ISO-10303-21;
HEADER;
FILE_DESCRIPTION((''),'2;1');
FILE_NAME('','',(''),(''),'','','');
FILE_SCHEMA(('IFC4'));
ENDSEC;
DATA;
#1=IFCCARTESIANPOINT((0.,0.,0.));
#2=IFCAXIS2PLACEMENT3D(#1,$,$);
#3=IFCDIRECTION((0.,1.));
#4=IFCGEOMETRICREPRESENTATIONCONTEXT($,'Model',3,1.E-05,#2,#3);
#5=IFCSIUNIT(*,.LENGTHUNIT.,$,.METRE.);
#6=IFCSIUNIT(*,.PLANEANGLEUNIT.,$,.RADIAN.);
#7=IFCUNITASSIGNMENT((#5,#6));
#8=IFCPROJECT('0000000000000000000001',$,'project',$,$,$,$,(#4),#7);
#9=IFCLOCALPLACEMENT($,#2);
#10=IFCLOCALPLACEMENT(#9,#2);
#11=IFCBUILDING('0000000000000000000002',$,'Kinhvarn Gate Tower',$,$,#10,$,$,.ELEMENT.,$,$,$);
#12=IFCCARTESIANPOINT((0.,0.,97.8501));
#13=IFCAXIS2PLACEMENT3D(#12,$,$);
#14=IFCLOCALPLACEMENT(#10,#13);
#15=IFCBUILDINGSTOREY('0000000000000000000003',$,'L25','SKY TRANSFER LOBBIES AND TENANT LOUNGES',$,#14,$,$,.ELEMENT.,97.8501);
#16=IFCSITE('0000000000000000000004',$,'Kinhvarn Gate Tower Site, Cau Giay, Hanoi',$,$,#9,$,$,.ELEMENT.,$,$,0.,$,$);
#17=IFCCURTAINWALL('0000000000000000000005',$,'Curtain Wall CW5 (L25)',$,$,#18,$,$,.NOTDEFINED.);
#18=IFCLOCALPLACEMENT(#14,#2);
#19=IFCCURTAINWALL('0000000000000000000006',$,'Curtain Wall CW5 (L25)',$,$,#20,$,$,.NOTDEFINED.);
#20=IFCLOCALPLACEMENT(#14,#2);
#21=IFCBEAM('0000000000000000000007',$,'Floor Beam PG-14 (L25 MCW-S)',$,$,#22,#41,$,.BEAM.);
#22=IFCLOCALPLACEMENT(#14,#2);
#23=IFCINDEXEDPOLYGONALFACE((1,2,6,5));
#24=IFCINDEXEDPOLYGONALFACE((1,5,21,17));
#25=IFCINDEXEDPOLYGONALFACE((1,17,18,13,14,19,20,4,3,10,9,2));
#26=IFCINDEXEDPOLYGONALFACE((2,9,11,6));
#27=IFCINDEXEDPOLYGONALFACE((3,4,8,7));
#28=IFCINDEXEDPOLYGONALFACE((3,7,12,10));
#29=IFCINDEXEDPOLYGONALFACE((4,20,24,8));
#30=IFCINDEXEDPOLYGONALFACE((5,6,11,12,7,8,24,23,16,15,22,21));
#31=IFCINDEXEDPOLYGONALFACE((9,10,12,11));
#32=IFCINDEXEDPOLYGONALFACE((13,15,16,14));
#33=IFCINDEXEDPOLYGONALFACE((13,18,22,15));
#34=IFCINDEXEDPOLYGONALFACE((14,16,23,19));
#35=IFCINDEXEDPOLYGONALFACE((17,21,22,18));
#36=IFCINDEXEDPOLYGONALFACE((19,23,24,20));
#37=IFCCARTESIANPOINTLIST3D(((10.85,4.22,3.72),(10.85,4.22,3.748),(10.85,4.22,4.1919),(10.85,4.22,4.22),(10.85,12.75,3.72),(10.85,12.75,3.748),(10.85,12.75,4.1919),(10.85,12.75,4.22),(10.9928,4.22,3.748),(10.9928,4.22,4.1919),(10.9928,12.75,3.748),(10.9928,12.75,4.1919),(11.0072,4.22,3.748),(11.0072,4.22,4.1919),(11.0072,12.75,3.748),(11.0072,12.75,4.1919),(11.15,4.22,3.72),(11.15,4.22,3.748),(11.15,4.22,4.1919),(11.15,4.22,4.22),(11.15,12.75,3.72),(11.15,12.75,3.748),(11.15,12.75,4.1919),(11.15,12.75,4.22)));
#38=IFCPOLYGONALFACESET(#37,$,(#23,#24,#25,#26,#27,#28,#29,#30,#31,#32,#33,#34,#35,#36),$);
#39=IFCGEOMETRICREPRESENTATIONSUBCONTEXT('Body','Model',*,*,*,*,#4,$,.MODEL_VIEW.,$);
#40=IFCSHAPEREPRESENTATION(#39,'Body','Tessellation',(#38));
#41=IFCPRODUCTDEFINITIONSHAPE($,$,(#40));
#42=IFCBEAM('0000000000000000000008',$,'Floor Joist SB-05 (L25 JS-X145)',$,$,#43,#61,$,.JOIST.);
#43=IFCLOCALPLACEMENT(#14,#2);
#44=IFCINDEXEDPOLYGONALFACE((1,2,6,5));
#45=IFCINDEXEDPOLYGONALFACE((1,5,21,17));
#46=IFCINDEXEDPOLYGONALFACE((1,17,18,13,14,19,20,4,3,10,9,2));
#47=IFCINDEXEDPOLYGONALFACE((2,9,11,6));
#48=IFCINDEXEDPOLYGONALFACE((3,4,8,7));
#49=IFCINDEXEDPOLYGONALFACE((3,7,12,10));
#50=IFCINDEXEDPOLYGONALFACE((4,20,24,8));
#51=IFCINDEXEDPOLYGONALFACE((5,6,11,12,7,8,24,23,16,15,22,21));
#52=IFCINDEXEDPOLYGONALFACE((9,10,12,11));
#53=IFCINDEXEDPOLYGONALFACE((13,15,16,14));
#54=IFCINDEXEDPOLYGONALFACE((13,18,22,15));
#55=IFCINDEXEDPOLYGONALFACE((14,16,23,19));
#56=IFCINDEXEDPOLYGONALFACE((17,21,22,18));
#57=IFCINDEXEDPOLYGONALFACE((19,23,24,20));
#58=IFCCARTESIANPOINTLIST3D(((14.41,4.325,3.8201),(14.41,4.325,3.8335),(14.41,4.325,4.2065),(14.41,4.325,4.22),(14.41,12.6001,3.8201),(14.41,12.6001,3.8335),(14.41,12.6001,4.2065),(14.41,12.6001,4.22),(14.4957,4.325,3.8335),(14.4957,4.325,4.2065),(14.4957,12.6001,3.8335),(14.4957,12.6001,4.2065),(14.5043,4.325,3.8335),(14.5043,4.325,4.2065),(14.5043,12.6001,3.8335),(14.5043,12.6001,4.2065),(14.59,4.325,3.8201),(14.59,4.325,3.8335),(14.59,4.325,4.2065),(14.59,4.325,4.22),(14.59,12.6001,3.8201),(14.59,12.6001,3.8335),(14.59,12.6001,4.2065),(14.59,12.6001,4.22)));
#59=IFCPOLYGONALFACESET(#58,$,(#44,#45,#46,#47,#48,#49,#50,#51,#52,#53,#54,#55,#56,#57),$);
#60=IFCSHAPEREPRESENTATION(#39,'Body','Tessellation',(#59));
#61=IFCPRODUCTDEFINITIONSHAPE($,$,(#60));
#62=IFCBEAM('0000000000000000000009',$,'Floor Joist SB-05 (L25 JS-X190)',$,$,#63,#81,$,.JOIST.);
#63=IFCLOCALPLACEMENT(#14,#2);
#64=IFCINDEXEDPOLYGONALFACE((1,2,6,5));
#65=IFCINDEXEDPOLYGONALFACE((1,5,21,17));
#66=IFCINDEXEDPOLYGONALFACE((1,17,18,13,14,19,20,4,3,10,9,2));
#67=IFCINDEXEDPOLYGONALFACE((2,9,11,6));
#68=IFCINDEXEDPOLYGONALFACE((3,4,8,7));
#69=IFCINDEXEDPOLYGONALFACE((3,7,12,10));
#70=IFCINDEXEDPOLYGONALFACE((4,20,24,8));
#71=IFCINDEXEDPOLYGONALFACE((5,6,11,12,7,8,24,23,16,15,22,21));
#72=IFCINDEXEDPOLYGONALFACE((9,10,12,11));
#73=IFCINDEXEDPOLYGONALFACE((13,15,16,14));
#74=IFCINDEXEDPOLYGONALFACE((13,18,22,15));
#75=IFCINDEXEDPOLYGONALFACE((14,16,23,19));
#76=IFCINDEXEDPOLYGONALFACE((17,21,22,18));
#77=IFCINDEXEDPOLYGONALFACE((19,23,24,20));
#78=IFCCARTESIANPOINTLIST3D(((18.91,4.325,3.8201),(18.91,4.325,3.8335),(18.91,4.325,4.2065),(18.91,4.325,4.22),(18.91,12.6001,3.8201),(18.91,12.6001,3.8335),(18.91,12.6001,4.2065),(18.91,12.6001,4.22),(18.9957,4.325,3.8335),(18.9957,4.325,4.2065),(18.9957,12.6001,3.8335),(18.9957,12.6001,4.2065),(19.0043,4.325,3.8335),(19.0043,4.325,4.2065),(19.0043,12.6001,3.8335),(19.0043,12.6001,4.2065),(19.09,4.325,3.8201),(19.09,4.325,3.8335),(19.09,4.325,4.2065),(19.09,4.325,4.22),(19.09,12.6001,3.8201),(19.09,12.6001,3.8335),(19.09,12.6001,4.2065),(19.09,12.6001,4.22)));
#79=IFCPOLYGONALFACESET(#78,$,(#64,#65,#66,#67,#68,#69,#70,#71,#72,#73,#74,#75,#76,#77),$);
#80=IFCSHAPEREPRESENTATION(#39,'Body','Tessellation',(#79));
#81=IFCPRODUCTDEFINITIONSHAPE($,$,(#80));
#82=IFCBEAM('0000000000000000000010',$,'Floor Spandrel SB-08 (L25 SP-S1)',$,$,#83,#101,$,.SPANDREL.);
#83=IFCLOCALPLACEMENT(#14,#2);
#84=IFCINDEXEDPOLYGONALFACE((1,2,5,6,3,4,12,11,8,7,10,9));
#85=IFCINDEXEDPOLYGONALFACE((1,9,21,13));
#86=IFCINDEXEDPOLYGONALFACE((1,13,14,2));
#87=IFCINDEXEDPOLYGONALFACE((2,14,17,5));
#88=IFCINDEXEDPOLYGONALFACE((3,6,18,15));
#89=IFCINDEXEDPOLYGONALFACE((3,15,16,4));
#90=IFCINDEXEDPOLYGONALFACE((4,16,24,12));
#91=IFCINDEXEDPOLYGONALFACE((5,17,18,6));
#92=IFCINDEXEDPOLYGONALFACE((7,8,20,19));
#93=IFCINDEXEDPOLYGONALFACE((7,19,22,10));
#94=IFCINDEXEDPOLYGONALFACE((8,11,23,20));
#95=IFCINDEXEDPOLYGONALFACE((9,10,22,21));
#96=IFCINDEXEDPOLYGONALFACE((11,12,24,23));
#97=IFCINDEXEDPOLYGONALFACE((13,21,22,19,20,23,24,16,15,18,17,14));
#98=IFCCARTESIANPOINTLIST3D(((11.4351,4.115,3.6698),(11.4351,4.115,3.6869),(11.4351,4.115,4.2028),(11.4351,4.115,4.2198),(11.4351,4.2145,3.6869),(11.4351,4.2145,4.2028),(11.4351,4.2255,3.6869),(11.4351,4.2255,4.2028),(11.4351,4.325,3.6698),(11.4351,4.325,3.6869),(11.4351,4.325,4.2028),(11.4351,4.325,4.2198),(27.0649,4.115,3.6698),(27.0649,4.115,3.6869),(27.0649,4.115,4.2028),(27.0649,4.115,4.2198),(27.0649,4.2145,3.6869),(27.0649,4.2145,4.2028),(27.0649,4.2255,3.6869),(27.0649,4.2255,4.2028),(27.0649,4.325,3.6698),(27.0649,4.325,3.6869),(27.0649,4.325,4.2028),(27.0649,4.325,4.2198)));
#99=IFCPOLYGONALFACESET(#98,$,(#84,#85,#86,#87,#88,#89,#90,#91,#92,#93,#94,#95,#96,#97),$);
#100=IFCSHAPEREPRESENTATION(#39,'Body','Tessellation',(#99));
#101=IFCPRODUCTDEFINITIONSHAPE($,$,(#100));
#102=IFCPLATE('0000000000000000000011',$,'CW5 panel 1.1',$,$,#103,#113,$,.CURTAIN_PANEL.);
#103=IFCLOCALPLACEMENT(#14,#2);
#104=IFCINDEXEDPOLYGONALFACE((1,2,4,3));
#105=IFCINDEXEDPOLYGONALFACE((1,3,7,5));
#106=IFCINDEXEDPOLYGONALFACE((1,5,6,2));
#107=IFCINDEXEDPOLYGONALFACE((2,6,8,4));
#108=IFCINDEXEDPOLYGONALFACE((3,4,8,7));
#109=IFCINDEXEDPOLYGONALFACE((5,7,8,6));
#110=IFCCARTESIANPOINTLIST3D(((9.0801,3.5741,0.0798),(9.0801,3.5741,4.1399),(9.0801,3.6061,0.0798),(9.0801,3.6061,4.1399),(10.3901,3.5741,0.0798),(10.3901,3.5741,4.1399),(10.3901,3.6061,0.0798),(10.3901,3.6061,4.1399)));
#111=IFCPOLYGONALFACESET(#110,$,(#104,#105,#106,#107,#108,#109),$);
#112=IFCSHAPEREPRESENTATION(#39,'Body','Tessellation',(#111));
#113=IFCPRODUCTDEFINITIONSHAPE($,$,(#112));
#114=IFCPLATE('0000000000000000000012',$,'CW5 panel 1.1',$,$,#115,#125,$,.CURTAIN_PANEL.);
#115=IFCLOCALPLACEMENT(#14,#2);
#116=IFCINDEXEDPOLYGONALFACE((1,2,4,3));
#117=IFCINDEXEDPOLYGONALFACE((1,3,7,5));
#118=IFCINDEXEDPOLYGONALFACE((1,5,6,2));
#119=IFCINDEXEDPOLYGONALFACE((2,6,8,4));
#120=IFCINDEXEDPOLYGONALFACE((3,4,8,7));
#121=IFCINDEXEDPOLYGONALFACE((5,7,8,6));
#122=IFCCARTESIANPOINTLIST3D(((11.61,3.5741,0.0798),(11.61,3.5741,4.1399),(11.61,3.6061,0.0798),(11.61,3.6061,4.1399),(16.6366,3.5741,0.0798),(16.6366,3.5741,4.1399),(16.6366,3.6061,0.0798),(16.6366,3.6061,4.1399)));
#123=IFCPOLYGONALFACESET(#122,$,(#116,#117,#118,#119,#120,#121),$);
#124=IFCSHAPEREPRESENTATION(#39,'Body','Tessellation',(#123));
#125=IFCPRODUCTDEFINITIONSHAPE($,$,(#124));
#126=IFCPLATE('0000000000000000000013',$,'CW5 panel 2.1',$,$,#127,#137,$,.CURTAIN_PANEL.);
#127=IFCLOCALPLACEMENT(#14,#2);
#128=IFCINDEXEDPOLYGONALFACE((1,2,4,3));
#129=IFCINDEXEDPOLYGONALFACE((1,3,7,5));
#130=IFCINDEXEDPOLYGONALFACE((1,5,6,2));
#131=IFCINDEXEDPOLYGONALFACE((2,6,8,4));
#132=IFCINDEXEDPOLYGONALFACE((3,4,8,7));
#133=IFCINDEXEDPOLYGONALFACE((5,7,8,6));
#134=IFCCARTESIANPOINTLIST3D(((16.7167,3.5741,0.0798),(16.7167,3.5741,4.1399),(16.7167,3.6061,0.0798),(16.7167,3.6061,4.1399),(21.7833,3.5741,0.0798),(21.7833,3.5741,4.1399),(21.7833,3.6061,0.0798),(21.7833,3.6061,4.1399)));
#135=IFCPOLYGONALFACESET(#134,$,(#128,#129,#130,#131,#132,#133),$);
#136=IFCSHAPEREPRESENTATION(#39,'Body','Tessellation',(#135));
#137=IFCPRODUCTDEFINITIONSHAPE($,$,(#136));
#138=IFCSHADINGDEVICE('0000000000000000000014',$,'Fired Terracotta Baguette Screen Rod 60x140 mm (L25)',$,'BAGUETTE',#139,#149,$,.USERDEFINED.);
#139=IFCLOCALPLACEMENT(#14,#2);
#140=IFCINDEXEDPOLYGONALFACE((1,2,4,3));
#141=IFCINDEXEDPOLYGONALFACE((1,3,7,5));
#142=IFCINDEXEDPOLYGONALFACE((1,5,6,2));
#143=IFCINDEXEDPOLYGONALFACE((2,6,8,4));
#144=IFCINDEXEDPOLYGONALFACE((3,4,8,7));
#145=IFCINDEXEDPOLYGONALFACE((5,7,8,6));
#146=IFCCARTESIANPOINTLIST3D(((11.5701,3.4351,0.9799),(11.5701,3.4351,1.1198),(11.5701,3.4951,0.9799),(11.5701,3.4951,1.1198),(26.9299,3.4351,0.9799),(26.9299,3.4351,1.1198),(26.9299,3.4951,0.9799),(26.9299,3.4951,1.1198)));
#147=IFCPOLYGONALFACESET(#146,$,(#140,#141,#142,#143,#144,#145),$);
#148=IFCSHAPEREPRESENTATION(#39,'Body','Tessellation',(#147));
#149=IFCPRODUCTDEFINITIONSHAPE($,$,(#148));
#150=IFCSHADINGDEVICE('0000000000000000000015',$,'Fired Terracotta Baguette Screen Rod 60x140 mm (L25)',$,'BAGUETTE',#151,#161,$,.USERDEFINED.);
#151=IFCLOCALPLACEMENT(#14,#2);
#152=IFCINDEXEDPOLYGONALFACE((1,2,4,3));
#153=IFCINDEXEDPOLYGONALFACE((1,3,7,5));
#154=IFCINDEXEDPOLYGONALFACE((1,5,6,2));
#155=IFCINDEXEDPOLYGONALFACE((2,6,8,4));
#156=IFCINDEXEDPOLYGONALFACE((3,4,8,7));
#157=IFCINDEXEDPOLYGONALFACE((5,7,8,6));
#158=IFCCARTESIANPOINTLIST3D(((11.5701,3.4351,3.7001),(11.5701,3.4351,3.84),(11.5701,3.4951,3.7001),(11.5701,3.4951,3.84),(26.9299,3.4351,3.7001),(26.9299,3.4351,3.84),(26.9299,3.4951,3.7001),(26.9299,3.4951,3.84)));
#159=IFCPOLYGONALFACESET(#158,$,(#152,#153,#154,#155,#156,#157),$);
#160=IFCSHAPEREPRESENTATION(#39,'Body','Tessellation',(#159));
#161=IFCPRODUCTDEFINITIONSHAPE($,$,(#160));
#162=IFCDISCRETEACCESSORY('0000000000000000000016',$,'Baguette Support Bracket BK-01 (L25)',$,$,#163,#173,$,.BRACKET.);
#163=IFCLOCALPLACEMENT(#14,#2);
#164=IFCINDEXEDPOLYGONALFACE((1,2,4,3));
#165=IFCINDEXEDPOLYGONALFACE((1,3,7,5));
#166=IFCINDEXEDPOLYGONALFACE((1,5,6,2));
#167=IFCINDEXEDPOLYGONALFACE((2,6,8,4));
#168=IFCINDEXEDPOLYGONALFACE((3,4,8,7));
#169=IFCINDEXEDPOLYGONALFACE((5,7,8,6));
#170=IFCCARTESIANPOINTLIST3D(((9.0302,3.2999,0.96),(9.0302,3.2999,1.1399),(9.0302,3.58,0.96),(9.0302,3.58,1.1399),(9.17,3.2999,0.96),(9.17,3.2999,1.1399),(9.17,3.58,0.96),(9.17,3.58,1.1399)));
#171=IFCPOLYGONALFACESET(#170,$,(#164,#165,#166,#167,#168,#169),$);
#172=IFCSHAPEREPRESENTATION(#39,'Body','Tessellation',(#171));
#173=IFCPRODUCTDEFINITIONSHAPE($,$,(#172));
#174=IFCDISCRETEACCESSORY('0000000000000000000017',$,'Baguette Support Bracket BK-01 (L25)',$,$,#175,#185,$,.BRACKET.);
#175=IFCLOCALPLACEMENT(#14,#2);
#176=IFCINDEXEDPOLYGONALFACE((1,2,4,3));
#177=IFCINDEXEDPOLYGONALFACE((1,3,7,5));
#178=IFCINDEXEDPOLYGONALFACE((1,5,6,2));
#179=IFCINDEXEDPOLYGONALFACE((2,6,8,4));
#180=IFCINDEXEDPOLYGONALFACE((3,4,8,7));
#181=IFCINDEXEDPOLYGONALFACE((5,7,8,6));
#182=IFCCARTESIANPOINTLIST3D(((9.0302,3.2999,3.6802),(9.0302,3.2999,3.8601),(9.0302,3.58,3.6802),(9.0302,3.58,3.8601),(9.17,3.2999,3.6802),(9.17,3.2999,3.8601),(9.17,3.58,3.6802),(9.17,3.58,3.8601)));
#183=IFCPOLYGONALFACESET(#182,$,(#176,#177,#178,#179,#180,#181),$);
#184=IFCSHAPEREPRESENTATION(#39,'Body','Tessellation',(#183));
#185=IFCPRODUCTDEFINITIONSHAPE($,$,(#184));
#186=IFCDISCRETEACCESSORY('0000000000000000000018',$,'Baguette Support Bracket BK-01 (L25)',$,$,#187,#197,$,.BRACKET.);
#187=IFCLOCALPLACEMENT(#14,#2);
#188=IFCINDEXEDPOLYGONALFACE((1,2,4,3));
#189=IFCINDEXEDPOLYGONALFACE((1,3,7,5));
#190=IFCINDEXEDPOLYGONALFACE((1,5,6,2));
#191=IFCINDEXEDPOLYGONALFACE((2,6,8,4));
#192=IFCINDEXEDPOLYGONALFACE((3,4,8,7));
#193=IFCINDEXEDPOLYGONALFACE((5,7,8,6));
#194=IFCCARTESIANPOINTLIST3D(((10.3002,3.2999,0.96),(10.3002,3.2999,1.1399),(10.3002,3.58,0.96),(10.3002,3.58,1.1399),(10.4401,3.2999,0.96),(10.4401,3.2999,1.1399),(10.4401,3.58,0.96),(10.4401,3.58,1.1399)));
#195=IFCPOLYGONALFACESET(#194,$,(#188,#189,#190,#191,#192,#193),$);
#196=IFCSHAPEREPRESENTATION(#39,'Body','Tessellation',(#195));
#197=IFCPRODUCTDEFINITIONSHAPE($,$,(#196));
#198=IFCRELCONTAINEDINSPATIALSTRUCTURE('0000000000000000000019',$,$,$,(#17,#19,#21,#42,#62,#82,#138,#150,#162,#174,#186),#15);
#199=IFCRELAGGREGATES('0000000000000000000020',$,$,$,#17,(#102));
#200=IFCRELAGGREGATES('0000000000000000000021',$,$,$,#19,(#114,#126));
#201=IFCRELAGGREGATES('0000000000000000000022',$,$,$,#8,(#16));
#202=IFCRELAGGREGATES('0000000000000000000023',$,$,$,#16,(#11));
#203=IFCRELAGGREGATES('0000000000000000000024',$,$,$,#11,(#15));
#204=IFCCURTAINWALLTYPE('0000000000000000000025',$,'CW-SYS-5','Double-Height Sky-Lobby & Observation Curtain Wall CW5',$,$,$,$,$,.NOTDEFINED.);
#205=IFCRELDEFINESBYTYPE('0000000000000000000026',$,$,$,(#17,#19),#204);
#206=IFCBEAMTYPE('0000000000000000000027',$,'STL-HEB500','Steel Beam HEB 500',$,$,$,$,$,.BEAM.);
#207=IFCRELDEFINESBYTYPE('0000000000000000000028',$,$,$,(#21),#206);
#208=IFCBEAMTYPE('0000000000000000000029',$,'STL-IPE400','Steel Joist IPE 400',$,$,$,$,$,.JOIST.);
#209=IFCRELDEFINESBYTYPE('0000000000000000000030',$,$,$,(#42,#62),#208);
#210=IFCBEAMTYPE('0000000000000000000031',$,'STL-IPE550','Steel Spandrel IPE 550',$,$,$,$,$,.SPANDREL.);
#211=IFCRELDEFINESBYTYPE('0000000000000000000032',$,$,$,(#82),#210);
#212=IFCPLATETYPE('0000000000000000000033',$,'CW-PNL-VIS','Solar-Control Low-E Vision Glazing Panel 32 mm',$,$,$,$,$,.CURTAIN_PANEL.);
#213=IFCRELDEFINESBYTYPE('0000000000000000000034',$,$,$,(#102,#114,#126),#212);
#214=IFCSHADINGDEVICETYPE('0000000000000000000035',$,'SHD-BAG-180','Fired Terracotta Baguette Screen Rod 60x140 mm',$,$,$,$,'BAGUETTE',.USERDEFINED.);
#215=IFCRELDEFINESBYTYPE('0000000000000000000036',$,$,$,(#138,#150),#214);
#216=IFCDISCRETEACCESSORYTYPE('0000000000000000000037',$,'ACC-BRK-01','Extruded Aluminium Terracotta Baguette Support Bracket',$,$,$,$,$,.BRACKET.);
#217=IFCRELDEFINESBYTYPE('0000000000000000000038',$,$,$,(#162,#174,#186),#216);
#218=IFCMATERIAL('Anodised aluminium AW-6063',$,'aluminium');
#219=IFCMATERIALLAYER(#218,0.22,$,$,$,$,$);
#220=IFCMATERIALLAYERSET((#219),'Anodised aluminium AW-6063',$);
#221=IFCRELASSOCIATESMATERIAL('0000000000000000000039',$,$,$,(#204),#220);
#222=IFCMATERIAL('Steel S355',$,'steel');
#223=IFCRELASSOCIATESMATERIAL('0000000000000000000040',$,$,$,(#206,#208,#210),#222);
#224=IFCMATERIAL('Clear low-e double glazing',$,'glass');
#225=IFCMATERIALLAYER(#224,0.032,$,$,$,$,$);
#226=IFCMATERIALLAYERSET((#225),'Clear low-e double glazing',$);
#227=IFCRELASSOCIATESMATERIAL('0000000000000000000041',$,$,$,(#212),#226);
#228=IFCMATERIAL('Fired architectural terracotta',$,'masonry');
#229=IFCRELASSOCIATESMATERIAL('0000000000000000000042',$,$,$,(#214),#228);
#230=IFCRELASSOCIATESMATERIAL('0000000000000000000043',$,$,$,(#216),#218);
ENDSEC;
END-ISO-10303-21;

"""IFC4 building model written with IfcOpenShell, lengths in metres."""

from ifc_helpers import new_model, si_unit, direction, frame, origin, origin_2d, place, context, subcontext, project, spatial, rectangle, i_section, extrude, material, layer, layer_set, material_profile, profile_set, type_object, element, aggregate, save


model = new_model("IFC4")

# Units and contexts
model_context = context("Model", 3, precision=1e-05, world=origin(), true_north=direction((0.0, 1.0)))
body_context = subcontext(model_context, "Body", "Model", "MODEL_VIEW")
ifc_project = project(units=[si_unit("LENGTHUNIT", "METRE"), si_unit("PLANEANGLEUNIT", "RADIAN")], contexts=[model_context])

# Site, building, storey
site_placement = place(None, origin())
site = spatial("IfcSite", under=ifc_project, at=site_placement, Name="Kinhvarn Gate Tower Site, Cau Giay, Hanoi", CompositionType="ELEMENT", RefElevation=0.0)
building_placement = place(site_placement, origin())
building = spatial("IfcBuilding", under=site, at=building_placement, Name="Kinhvarn Gate Tower", CompositionType="ELEMENT")
storey_placement = place(building_placement, frame((0.0, 0.0, 97.8501)))
storey = spatial("IfcBuildingStorey", under=building, at=storey_placement, Name="L25", Description="SKY TRANSFER LOBBIES AND TENANT LOUNGES", CompositionType="ELEMENT", Elevation=97.8501)

# Curtain wall
ifc_material_1 = material(Name="Anodised aluminium AW-6063", Category="aluminium")
ifc_layer_1 = layer(ifc_material_1, 0.22)
ifc_layer_set_1 = layer_set([ifc_layer_1], Name="Anodised aluminium AW-6063")
curtain_wall_type_1 = type_object("IfcCurtainWallType", Name="CW-SYS-5", Description="Double-Height Sky-Lobby & Observation Curtain Wall CW5", PredefinedType="NOTDEFINED", material=ifc_layer_set_1)
curtain_wall_1_placement = place(storey_placement, origin())
curtain_wall_1 = element("IfcCurtainWall", 1, at=curtain_wall_1_placement, inside=storey, type_object=curtain_wall_type_1, Name="Curtain Wall CW5 (L25)", PredefinedType="NOTDEFINED")

# Curtain wall
curtain_wall_2_placement = place(storey_placement, origin())
curtain_wall_2 = element("IfcCurtainWall", 2, at=curtain_wall_2_placement, inside=storey, type_object=curtain_wall_type_1, Name="Curtain Wall CW5 (L25)", PredefinedType="NOTDEFINED")

# Beams
ifc_material_2 = material(Name="Steel S355", Category="steel")
ifc_material_profile_1 = material_profile(ifc_material_2, i_section(OverallWidth=0.3, OverallDepth=0.5, WebThickness=0.0144, FlangeThickness=0.0281, at=origin_2d()), Name="HEB 500")
ifc_profile_set_1 = profile_set([ifc_material_profile_1], Name="Steel S355")
beam_type_1 = type_object("IfcBeamType", Name="STL-HEB500", Description="Steel Beam HEB 500", PredefinedType="BEAM", material=ifc_profile_set_1)
beam_1_placement = place(storey_placement, frame((11.0, 4.22, 3.97), z_axis=(0.0, 1.0, 0.0), x_axis=(-1.0, 0.0, 0.0)))
element("IfcBeam", 3, at=beam_1_placement, inside=storey, type_object=beam_type_1, Name="Floor Beam PG-14 (L25 MCW-S)", PredefinedType="BEAM", context=body_context, shape_type="SweptSolid", body=[
    extrude(i_section(OverallWidth=0.3, OverallDepth=0.5, WebThickness=0.0144, FlangeThickness=0.0281, at=origin_2d()), origin(), (0.0, 0.0, 1.0), 8.53),
])
ifc_material_profile_2 = material_profile(ifc_material_2, i_section(OverallWidth=0.1799, OverallDepth=0.3999, WebThickness=0.0085, FlangeThickness=0.0134, at=origin_2d()), Name="IPE 400")
ifc_profile_set_2 = profile_set([ifc_material_profile_2], Name="Steel S355")
beam_type_2 = type_object("IfcBeamType", Name="STL-IPE400", Description="Steel Joist IPE 400", PredefinedType="JOIST", material=ifc_profile_set_2)
for number, where, z_axis, x_axis, name in (
    (4, (14.5, 4.325, 4.02), (0.0, 1.0, 0.0), (-1.0, 0.0, 0.0), "Floor Joist SB-05 (L25 JS-X145)"),
    (5, (19.0, 4.325, 4.02), (0.0, 1.0, 0.0), (-1.0, 0.0, 0.0), "Floor Joist SB-05 (L25 JS-X190)"),
):
    element("IfcBeam", number, at=place(storey_placement, frame(where, z_axis=z_axis, x_axis=x_axis)), inside=storey, type_object=beam_type_2, Name=name, PredefinedType="JOIST", context=body_context, shape_type="SweptSolid", body=[
        extrude(i_section(OverallWidth=0.1799, OverallDepth=0.3999, WebThickness=0.0085, FlangeThickness=0.0134, at=origin_2d()), origin(), (0.0, 0.0, 1.0), 8.2751),
    ])
ifc_material_profile_3 = material_profile(ifc_material_2, i_section(OverallWidth=0.21, OverallDepth=0.55, WebThickness=0.011, FlangeThickness=0.0171, at=origin_2d()), Name="IPE 550")
ifc_profile_set_3 = profile_set([ifc_material_profile_3], Name="Steel S355")
beam_type_3 = type_object("IfcBeamType", Name="STL-IPE550", Description="Steel Spandrel IPE 550", PredefinedType="SPANDREL", material=ifc_profile_set_3)
beam_2_placement = place(storey_placement, frame((11.4351, 4.22, 3.9448), z_axis=(1.0, 0.0, 0.0), x_axis=(0.0, 1.0, 0.0)))
element("IfcBeam", 6, at=beam_2_placement, inside=storey, type_object=beam_type_3, Name="Floor Spandrel SB-08 (L25 SP-S1)", PredefinedType="SPANDREL", context=body_context, shape_type="SweptSolid", body=[
    extrude(i_section(OverallWidth=0.21, OverallDepth=0.55, WebThickness=0.011, FlangeThickness=0.0171, at=origin_2d()), origin(), (0.0, 0.0, 1.0), 15.6299),
])

# Plates
ifc_material_3 = material(Name="Clear low-e double glazing", Category="glass")
ifc_layer_2 = layer(ifc_material_3, 0.032)
ifc_layer_set_2 = layer_set([ifc_layer_2], Name="Clear low-e double glazing")
plate_type = type_object("IfcPlateType", Name="CW-PNL-VIS", Description="Solar-Control Low-E Vision Glazing Panel 32 mm", PredefinedType="CURTAIN_PANEL", material=ifc_layer_set_2)
plate_1_placement = place(storey_placement, frame((9.7351, 3.5901, 0.0798), z_axis=(0.0, 0.0, 1.0), x_axis=(1.0, 0.0, 0.0)))
plate_1 = element("IfcPlate", 7, at=plate_1_placement, type_object=plate_type, Name="CW5 panel 1.1", PredefinedType="CURTAIN_PANEL", context=body_context, shape_type="SweptSolid", body=[
    extrude(rectangle(XDim=1.3101, YDim=0.032, at=origin_2d()), origin(), (0.0, 0.0, 1.0), 4.0601),
])
aggregate(curtain_wall_1, [plate_1])
plate_2_placement = place(storey_placement, frame((14.1233, 3.5901, 0.0798), z_axis=(0.0, 0.0, 1.0), x_axis=(1.0, 0.0, 0.0)))
plate_2 = element("IfcPlate", 8, at=plate_2_placement, type_object=plate_type, Name="CW5 panel 1.1", PredefinedType="CURTAIN_PANEL", context=body_context, shape_type="SweptSolid", body=[
    extrude(rectangle(XDim=5.0266, YDim=0.032, at=origin_2d()), origin(), (0.0, 0.0, 1.0), 4.0601),
])
plate_3_placement = place(storey_placement, frame((19.25, 3.5901, 0.0798), z_axis=(0.0, 0.0, 1.0), x_axis=(1.0, 0.0, 0.0)))
plate_3 = element("IfcPlate", 9, at=plate_3_placement, type_object=plate_type, Name="CW5 panel 2.1", PredefinedType="CURTAIN_PANEL", context=body_context, shape_type="SweptSolid", body=[
    extrude(rectangle(XDim=5.0667, YDim=0.032, at=origin_2d()), origin(), (0.0, 0.0, 1.0), 4.0601),
])
aggregate(curtain_wall_2, [plate_2, plate_3])

# Shading devices
ifc_material_4 = material(Name="Fired architectural terracotta", Category="masonry")
ifc_material_profile_4 = material_profile(ifc_material_4, rectangle(XDim=0.0601, YDim=0.1399, at=origin_2d()), Name="TC 60x140")
ifc_profile_set_4 = profile_set([ifc_material_profile_4], Name="Fired architectural terracotta")
shading_device_type = type_object("IfcShadingDeviceType", Name="SHD-BAG-180", Description="Fired Terracotta Baguette Screen Rod 60x140 mm", ElementType="BAGUETTE", PredefinedType="USERDEFINED", material=ifc_profile_set_4)
for number, where, z_axis, x_axis, name in (
    (10, (11.5701, 3.4651, 1.0498), (1.0, 0.0, 0.0), (0.0, 1.0, 0.0), "Fired Terracotta Baguette Screen Rod 60x140 mm (L25)"),
    (11, (11.5701, 3.4651, 3.77), (1.0, 0.0, 0.0), (0.0, 1.0, 0.0), "Fired Terracotta Baguette Screen Rod 60x140 mm (L25)"),
):
    element("IfcShadingDevice", number, at=place(storey_placement, frame(where, z_axis=z_axis, x_axis=x_axis)), inside=storey, type_object=shading_device_type, Name=name, ObjectType="BAGUETTE", PredefinedType="USERDEFINED", context=body_context, shape_type="SweptSolid", body=[
        extrude(rectangle(XDim=0.0601, YDim=0.1399, at=origin_2d()), origin(), (0.0, 0.0, 1.0), 15.3599),
    ])

# Discrete accessories
discrete_accessory_type = type_object("IfcDiscreteAccessoryType", Name="ACC-BRK-01", Description="Extruded Aluminium Terracotta Baguette Support Bracket", PredefinedType="BRACKET", material=ifc_material_1)
for number, where, z_axis, x_axis, name in (
    (12, (9.1001, 3.4399, 0.96), (0.0, 0.0, 1.0), (1.0, 0.0, 0.0), "Baguette Support Bracket BK-01 (L25)"),
    (13, (9.1001, 3.4399, 3.6802), (0.0, 0.0, 1.0), (1.0, 0.0, 0.0), "Baguette Support Bracket BK-01 (L25)"),
    (14, (10.3701, 3.4399, 0.96), (0.0, 0.0, 1.0), (1.0, 0.0, 0.0), "Baguette Support Bracket BK-01 (L25)"),
):
    element("IfcDiscreteAccessory", number, at=place(storey_placement, frame(where, z_axis=z_axis, x_axis=x_axis)), inside=storey, type_object=discrete_accessory_type, Name=name, PredefinedType="BRACKET", context=body_context, shape_type="SweptSolid", body=[
        extrude(rectangle(XDim=0.1399, YDim=0.28, at=origin_2d()), origin(), (0.0, 0.0, 1.0), 0.1799),
    ])

save(model, "model.ifc")
